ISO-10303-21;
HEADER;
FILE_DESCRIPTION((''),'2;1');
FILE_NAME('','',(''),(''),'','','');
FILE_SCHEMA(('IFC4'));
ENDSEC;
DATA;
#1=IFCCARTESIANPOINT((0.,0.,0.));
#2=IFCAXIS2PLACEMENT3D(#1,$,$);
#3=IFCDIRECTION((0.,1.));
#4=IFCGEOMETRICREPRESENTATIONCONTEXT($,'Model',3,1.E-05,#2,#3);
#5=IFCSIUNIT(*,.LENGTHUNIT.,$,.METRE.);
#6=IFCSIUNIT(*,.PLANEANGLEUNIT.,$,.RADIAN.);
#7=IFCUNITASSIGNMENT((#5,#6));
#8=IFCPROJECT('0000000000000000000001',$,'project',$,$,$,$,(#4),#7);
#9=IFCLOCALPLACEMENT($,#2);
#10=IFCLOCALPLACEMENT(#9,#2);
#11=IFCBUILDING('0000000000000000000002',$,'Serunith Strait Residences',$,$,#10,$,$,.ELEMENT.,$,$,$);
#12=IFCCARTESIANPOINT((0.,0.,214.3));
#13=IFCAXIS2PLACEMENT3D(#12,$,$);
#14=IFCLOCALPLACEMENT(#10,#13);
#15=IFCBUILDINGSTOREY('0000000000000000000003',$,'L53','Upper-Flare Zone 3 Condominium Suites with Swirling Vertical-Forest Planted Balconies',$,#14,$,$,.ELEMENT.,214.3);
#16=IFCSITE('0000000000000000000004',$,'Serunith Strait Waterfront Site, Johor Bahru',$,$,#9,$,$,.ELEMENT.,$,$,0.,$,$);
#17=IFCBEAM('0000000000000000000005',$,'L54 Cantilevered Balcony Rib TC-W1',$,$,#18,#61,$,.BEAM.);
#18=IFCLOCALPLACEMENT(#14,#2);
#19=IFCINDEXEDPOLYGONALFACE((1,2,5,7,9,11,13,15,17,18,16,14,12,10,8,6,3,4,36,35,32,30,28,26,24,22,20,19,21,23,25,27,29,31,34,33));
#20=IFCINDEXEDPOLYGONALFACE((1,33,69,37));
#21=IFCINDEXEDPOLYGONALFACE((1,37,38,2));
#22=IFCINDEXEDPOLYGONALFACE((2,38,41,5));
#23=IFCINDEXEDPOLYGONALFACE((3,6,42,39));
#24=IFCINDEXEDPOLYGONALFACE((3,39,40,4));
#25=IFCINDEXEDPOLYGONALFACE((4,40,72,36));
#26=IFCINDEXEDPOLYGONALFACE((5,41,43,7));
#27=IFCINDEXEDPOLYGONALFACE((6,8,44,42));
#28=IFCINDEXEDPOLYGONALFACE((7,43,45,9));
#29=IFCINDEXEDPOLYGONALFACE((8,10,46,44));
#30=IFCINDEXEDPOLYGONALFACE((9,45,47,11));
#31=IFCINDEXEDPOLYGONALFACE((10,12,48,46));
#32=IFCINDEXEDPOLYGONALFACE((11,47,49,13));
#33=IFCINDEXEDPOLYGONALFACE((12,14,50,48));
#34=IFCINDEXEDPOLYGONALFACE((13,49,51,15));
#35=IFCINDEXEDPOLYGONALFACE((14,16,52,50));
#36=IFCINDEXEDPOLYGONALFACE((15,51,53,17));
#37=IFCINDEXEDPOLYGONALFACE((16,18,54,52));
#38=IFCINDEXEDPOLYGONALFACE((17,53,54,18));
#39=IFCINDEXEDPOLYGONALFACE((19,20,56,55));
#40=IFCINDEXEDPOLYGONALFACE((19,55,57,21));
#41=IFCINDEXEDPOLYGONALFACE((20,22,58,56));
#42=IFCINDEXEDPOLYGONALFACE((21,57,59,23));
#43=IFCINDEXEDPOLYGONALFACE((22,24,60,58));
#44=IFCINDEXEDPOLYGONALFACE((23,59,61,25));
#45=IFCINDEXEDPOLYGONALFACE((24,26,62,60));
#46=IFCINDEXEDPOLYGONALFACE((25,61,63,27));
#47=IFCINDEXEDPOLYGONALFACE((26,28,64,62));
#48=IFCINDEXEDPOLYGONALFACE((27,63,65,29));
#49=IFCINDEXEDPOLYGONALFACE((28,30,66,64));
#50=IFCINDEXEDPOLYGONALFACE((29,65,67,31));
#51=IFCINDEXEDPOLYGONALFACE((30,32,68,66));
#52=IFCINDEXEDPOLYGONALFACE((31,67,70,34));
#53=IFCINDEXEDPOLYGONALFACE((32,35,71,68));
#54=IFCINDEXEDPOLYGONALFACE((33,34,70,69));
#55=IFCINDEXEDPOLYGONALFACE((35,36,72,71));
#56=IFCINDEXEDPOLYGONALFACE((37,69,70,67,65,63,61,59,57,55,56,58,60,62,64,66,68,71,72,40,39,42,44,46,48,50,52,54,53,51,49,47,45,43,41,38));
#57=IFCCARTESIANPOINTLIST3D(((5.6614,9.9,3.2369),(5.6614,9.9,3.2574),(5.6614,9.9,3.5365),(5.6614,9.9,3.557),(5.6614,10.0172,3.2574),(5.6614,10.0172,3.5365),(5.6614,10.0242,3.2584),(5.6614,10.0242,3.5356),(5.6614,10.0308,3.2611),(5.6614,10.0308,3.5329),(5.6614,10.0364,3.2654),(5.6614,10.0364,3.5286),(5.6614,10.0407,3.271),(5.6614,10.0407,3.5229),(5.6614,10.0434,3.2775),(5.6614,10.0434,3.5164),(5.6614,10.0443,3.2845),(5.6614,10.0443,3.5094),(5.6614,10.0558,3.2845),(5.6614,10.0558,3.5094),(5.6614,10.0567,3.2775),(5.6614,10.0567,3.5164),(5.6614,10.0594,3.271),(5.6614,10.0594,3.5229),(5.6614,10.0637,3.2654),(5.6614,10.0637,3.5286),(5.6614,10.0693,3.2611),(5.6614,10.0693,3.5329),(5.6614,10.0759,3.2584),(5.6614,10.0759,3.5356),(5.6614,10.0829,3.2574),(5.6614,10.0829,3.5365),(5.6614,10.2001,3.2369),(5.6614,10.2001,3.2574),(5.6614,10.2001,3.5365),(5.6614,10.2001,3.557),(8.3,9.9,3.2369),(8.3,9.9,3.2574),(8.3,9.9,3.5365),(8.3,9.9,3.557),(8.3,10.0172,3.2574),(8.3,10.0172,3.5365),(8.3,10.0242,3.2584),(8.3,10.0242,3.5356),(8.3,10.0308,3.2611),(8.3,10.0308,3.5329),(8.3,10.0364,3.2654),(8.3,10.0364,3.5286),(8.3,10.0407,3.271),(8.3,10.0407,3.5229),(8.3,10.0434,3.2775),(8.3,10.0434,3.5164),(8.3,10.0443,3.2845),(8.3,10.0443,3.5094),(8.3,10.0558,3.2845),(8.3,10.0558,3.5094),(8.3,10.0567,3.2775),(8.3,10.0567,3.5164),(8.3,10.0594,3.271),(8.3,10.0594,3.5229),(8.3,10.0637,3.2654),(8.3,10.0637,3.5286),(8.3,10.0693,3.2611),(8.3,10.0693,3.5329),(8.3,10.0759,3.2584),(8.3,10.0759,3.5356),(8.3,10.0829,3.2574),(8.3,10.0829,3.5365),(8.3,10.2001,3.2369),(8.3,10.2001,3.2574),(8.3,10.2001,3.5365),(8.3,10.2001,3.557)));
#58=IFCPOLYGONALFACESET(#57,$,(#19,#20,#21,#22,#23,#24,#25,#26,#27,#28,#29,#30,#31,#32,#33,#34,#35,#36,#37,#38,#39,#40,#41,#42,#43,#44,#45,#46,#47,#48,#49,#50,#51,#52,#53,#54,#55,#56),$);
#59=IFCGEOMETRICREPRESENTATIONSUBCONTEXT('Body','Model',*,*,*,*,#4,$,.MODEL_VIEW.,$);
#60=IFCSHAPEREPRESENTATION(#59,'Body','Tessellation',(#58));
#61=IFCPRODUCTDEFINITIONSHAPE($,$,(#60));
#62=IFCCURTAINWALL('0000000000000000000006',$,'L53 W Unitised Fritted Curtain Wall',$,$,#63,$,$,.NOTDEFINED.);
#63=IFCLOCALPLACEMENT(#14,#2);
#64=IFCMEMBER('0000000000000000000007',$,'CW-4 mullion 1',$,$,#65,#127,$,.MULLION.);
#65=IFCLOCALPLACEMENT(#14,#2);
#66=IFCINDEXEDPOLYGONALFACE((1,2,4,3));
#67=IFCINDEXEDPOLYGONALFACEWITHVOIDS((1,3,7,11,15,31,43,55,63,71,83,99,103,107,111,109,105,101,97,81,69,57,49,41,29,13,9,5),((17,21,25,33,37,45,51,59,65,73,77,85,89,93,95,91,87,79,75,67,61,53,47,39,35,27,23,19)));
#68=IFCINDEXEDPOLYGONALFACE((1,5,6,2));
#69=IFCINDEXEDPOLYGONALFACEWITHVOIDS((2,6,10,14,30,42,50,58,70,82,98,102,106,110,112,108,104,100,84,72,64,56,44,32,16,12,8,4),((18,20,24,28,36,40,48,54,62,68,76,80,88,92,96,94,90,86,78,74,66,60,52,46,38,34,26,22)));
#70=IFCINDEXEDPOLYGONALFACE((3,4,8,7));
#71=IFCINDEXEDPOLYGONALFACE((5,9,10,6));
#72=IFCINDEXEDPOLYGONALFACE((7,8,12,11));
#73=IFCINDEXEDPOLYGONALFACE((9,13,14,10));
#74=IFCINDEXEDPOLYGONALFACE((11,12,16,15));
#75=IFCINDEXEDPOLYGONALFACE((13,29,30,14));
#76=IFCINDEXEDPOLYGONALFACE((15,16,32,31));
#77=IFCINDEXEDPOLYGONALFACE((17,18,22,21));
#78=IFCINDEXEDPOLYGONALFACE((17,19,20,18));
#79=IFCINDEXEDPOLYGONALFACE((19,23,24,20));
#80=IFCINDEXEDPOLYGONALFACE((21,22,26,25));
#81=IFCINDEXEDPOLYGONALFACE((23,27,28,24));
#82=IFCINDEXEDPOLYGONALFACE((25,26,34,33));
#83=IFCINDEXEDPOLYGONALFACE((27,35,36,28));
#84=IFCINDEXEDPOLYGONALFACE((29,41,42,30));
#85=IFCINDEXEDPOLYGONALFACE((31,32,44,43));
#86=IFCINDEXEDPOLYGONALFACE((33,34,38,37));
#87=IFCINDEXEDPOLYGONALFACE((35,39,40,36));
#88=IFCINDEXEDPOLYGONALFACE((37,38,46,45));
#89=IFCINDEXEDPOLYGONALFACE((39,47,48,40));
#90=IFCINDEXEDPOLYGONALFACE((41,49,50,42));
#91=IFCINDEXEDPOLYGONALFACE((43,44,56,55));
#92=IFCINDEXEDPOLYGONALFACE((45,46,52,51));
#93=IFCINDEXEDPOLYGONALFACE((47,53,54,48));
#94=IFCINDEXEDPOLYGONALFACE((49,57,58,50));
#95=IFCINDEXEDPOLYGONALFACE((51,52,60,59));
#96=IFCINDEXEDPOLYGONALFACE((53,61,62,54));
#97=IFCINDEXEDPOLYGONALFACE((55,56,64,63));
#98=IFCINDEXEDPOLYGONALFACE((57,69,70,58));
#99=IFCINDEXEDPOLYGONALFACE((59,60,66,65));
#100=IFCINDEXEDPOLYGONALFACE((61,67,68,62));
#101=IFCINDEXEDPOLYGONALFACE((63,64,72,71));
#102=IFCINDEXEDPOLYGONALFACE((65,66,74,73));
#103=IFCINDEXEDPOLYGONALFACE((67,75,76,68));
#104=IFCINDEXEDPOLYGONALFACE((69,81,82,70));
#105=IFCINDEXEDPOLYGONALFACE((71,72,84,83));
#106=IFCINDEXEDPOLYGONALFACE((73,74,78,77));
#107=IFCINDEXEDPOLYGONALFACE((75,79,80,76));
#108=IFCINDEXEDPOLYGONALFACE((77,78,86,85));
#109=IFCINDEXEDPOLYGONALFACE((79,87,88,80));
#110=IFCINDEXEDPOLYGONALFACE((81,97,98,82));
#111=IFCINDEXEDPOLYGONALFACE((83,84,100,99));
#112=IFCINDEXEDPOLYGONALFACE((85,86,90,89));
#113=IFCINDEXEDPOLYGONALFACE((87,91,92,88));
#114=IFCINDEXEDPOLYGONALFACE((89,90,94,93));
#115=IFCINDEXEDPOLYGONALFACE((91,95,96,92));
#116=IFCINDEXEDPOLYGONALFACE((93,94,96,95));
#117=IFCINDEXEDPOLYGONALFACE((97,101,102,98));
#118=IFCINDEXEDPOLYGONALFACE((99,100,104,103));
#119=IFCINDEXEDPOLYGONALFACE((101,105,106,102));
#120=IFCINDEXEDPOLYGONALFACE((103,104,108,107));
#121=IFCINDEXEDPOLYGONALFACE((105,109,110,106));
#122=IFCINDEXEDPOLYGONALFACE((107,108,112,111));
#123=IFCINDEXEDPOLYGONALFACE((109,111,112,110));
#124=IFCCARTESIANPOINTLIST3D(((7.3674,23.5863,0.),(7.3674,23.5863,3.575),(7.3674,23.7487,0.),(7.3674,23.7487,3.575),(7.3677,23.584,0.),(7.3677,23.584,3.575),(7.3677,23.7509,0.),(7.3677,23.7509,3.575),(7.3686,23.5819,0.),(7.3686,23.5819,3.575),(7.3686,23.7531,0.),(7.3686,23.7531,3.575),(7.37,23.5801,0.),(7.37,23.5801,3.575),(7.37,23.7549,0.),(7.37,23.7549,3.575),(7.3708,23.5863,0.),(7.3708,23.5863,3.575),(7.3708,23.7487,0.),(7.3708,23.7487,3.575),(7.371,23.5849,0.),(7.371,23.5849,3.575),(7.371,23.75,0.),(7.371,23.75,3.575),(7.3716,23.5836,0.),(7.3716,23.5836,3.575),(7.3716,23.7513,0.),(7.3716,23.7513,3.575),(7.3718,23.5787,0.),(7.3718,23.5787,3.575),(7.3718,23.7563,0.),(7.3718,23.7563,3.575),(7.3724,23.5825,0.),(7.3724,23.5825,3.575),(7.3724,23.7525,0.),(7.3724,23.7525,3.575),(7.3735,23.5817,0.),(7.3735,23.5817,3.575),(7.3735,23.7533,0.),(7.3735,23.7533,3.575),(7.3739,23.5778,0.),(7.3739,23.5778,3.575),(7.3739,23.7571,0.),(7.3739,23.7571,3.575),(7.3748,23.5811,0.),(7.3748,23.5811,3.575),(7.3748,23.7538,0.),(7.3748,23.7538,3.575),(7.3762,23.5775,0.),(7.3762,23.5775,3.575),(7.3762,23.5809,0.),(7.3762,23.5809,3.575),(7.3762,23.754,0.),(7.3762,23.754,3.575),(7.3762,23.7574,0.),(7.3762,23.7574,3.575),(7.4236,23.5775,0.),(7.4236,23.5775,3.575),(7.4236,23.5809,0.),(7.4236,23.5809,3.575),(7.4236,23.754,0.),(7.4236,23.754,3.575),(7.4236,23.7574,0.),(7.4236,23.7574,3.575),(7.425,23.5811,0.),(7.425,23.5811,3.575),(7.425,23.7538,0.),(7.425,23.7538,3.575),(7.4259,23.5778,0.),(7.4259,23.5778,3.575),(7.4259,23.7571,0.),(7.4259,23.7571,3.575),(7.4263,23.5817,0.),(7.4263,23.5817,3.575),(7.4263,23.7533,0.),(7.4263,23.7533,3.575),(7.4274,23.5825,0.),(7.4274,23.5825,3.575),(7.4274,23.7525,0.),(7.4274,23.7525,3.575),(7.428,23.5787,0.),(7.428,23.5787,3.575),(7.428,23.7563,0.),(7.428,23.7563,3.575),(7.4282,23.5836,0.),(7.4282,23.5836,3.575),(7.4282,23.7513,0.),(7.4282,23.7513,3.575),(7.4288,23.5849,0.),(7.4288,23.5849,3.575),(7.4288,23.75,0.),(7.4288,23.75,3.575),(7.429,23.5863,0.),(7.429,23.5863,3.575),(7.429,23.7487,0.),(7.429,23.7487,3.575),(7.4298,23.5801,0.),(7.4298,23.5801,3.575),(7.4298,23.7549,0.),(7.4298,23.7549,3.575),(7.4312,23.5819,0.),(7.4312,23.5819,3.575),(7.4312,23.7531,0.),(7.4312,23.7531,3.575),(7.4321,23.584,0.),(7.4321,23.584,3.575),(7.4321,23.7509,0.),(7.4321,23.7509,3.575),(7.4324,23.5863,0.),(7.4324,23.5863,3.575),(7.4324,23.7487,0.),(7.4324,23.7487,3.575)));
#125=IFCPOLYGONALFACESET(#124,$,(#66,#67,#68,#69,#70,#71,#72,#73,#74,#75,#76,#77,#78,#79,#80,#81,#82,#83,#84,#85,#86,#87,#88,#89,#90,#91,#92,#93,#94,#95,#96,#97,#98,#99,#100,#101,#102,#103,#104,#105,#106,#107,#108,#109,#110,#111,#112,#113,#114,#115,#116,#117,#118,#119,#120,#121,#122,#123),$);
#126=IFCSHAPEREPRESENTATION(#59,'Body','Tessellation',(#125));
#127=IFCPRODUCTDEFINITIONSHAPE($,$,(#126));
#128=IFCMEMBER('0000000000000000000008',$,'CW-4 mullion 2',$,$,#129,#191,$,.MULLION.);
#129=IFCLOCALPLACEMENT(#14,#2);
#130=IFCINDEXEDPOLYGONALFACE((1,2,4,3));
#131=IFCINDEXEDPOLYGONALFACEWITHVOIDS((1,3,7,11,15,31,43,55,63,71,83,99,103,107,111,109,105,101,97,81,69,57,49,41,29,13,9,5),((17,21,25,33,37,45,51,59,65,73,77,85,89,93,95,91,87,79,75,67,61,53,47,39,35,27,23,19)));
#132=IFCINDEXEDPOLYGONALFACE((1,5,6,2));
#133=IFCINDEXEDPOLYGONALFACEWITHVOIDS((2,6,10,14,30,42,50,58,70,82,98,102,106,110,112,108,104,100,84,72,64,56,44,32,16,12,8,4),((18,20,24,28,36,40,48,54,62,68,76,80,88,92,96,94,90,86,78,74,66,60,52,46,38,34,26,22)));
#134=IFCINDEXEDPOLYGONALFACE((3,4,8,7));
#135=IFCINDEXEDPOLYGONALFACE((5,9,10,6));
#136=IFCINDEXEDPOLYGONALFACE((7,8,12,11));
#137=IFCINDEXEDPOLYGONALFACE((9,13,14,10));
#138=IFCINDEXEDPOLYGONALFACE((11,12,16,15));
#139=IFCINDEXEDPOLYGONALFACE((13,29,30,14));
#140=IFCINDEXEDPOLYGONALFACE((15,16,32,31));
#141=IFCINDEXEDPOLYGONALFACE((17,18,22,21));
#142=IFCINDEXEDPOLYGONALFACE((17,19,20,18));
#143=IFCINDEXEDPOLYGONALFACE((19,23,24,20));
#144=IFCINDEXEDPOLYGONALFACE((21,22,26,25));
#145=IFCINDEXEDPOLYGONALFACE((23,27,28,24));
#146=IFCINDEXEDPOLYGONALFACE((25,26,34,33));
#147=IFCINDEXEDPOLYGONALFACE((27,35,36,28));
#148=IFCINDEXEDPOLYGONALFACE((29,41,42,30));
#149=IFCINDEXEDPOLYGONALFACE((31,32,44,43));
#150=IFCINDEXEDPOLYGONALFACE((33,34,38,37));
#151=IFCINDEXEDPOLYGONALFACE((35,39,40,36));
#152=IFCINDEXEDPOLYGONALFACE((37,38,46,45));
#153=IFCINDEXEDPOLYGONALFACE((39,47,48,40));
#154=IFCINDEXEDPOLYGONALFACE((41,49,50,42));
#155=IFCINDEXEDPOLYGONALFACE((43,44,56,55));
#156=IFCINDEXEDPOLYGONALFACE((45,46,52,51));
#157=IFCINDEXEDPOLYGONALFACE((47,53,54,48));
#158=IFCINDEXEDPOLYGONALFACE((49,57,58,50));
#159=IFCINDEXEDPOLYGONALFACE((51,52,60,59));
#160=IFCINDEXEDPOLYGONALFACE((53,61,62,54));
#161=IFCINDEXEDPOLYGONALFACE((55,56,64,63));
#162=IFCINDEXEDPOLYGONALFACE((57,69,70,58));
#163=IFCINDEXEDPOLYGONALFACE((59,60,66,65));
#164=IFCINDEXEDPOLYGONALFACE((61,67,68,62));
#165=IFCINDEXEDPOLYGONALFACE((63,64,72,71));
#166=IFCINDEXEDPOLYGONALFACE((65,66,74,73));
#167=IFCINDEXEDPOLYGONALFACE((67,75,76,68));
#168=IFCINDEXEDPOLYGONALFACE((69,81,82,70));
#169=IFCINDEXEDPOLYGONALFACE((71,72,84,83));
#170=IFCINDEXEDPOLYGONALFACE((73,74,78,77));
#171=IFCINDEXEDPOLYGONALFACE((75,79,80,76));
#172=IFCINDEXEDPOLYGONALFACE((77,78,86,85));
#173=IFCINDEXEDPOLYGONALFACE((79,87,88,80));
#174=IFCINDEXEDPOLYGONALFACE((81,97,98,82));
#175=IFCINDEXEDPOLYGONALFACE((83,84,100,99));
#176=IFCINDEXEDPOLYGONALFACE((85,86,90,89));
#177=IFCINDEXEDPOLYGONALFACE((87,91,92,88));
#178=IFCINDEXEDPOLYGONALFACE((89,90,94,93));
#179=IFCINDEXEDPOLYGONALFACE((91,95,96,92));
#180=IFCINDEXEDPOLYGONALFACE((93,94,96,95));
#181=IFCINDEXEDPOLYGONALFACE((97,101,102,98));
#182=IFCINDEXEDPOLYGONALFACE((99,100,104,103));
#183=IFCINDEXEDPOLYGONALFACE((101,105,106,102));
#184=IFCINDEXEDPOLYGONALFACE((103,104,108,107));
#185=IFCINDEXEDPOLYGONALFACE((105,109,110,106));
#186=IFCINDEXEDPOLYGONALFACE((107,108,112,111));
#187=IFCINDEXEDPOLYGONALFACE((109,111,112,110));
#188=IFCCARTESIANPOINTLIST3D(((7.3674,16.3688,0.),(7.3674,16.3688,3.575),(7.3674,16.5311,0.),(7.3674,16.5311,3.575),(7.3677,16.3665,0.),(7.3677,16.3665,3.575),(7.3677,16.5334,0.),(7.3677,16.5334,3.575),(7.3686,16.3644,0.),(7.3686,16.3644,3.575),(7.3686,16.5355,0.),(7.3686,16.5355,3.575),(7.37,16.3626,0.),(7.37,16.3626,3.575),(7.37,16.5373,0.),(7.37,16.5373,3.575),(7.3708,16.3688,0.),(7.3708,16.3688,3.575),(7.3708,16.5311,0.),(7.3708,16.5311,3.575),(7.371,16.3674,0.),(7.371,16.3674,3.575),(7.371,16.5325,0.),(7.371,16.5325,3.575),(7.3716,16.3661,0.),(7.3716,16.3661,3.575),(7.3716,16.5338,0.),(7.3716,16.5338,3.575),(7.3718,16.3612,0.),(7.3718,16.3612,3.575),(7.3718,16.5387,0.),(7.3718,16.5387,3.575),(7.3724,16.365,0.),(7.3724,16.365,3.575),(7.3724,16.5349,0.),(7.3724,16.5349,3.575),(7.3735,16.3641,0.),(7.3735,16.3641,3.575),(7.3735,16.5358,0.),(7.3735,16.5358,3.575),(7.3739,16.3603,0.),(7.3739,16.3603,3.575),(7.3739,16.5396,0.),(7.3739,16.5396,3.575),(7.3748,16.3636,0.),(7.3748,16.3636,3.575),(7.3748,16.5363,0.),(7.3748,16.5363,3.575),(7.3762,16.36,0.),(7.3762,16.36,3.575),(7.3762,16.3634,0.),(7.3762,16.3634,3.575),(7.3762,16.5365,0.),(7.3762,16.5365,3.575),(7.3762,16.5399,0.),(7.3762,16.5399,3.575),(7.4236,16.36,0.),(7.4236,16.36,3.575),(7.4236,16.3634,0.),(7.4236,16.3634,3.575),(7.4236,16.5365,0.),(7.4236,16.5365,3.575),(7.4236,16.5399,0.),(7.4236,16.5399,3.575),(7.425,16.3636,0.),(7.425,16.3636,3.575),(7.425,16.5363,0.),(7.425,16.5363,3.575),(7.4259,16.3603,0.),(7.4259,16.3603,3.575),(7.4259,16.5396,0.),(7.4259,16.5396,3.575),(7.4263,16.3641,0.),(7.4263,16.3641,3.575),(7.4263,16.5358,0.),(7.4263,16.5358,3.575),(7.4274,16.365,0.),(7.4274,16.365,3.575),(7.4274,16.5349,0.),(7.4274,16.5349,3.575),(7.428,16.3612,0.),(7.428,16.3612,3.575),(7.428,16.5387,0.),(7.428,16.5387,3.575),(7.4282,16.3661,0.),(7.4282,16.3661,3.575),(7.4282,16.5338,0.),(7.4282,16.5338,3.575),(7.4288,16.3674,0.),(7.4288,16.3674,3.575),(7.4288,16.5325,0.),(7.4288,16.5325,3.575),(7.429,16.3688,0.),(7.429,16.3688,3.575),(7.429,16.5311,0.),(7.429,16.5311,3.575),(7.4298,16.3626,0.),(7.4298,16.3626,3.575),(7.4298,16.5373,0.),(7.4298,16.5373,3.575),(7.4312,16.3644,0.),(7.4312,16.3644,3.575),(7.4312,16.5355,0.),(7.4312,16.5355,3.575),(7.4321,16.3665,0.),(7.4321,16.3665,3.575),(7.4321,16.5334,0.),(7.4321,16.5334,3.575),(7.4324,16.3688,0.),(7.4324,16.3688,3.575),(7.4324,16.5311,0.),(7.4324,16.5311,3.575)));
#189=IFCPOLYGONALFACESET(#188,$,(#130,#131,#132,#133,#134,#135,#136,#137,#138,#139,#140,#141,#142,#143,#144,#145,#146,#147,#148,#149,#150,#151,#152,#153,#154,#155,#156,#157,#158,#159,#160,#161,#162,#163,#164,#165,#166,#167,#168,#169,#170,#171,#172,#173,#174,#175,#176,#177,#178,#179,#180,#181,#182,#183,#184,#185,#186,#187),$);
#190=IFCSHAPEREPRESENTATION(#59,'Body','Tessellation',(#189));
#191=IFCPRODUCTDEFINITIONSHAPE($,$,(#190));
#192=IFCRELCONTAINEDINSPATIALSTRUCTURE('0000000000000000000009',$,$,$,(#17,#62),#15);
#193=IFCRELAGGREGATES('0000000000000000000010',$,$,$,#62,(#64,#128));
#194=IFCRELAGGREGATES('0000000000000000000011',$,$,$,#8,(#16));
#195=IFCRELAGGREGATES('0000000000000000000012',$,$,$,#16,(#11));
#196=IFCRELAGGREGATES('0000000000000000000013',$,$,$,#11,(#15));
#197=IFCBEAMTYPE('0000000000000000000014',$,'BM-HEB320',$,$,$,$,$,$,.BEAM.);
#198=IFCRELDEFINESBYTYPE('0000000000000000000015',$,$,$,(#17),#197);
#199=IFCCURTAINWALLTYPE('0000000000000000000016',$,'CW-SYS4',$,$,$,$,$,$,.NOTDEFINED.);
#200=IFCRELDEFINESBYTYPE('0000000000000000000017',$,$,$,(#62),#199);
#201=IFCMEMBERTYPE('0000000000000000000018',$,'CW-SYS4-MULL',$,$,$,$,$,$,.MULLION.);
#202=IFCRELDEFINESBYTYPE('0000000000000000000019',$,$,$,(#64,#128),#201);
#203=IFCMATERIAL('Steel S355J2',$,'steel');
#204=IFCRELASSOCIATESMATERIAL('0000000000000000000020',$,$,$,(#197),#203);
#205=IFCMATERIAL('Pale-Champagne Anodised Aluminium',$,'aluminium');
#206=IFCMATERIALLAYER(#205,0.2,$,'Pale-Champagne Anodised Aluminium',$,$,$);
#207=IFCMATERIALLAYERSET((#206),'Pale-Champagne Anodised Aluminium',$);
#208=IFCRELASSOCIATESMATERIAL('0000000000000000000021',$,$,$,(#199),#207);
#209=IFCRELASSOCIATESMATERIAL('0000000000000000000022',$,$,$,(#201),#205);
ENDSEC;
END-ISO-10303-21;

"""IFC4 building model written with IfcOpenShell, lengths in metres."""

from ifc_helpers import new_model, si_unit, direction, frame, origin, origin_2d, place, context, subcontext, project, spatial, hollow_rectangle, i_section, extrude, source, transform, mapped, material, layer, layer_set, material_profile, profile_set, type_object, element, aggregate, save


model = new_model("IFC4")

# Units and contexts
model_context = context("Model", 3, precision=1e-05, world=origin(), true_north=direction((0.0, 1.0)))
body_context = subcontext(model_context, "Body", "Model", "MODEL_VIEW")
ifc_project = project(units=[si_unit("LENGTHUNIT", "METRE"), si_unit("PLANEANGLEUNIT", "RADIAN")], contexts=[model_context])

# Site, building, storey
site_placement = place(None, origin())
site = spatial("IfcSite", under=ifc_project, at=site_placement, Name="Serunith Strait Waterfront Site, Johor Bahru", CompositionType="ELEMENT", RefElevation=0.0)
building_placement = place(site_placement, origin())
building = spatial("IfcBuilding", under=site, at=building_placement, Name="Serunith Strait Residences", CompositionType="ELEMENT")
storey_placement = place(building_placement, frame((0.0, 0.0, 214.3)))
storey = spatial("IfcBuildingStorey", under=building, at=storey_placement, Name="L53", Description="Upper-Flare Zone 3 Condominium Suites with Swirling Vertical-Forest Planted Balconies", CompositionType="ELEMENT", Elevation=214.3)

# Beam
ifc_material_1 = material(Name="Steel S355J2", Category="steel")
ifc_material_profile_1 = material_profile(ifc_material_1, i_section(OverallWidth=0.3, OverallDepth=0.3201, WebThickness=0.0115, FlangeThickness=0.0205, FilletRadius=0.0271, at=origin_2d()), Name="HEB 320")
ifc_profile_set_1 = profile_set([ifc_material_profile_1], Name="Steel S355J2")
beam_type_1 = type_object("IfcBeamType", Name="BM-HEB320", PredefinedType="BEAM", material=ifc_profile_set_1)
shared_shape_1 = source(origin(), body_context, "Body", "SweptSolid", [
    extrude(i_section(OverallWidth=0.3, OverallDepth=0.3201, WebThickness=0.0115, FlangeThickness=0.0205, FilletRadius=0.0271, at=origin_2d()), origin(), (0.0, 0.0, 1.0), 2.6387),
])
beam_1_placement = place(storey_placement, frame((8.3, 10.05, 3.397), z_axis=(-1.0, 0.0, 0.0), x_axis=(0.0, -1.0, 0.0)))
element("IfcBeam", 1, at=beam_1_placement, inside=storey, type_object=beam_type_1, Name="L54 Cantilevered Balcony Rib TC-W1", PredefinedType="BEAM", context=body_context, shape_type="MappedRepresentation", body=[
    mapped(shared_shape_1, transform((0.0, 0.0, 0.0), scale=1.0)),
])

# Curtain wall, members
ifc_material_2 = material(Name="Pale-Champagne Anodised Aluminium", Category="aluminium")
ifc_layer_1 = layer(ifc_material_2, 0.2, Name="Pale-Champagne Anodised Aluminium")
ifc_layer_set_1 = layer_set([ifc_layer_1], Name="Pale-Champagne Anodised Aluminium")
curtain_wall_type = type_object("IfcCurtainWallType", Name="CW-SYS4", PredefinedType="NOTDEFINED", material=ifc_layer_set_1)
curtain_wall_placement = place(storey_placement, origin())
curtain_wall = element("IfcCurtainWall", 2, at=curtain_wall_placement, inside=storey, type_object=curtain_wall_type, Name="L53 W Unitised Fritted Curtain Wall", PredefinedType="NOTDEFINED")
ifc_material_profile_2 = material_profile(ifc_material_2, hollow_rectangle(XDim=0.0649, YDim=0.1799, WallThickness=0.0034, InnerFilletRadius=0.0054, OuterFilletRadius=0.0088, at=origin_2d()), Name="ALU 180x65x3.5")
ifc_profile_set_2 = profile_set([ifc_material_profile_2], Name="Pale-Champagne Anodised Aluminium")
member_type_1 = type_object("IfcMemberType", Name="CW-SYS4-MULL", PredefinedType="MULLION", material=ifc_profile_set_2)
shared_shape_2 = source(origin(), body_context, "Body", "SweptSolid", [
    extrude(hollow_rectangle(XDim=0.0649, YDim=0.1799, WallThickness=0.0034, InnerFilletRadius=0.0054, OuterFilletRadius=0.0088, at=origin_2d()), origin(), (0.0, 0.0, 1.0), 3.575),
])
member_1_placement = place(storey_placement, frame((7.3999, 23.6675, 0.0), z_axis=(0.0, 0.0, 1.0), x_axis=(1.0, 0.0, 0.0)))
member_1 = element("IfcMember", 3, at=member_1_placement, type_object=member_type_1, Name="CW-4 mullion 1", PredefinedType="MULLION", context=body_context, shape_type="MappedRepresentation", body=[
    mapped(shared_shape_2, transform((0.0, 0.0, 0.0), scale=1.0)),
])
member_2_placement = place(storey_placement, frame((7.3999, 16.45, 0.0), z_axis=(0.0, 0.0, 1.0), x_axis=(1.0, 0.0, 0.0)))
member_2 = element("IfcMember", 4, at=member_2_placement, type_object=member_type_1, Name="CW-4 mullion 2", PredefinedType="MULLION", context=body_context, shape_type="MappedRepresentation", body=[
    mapped(shared_shape_2, transform((0.0, 0.0, 0.0), scale=1.0)),
])
aggregate(curtain_wall, [member_1, member_2])

save(model, "model.ifc")
